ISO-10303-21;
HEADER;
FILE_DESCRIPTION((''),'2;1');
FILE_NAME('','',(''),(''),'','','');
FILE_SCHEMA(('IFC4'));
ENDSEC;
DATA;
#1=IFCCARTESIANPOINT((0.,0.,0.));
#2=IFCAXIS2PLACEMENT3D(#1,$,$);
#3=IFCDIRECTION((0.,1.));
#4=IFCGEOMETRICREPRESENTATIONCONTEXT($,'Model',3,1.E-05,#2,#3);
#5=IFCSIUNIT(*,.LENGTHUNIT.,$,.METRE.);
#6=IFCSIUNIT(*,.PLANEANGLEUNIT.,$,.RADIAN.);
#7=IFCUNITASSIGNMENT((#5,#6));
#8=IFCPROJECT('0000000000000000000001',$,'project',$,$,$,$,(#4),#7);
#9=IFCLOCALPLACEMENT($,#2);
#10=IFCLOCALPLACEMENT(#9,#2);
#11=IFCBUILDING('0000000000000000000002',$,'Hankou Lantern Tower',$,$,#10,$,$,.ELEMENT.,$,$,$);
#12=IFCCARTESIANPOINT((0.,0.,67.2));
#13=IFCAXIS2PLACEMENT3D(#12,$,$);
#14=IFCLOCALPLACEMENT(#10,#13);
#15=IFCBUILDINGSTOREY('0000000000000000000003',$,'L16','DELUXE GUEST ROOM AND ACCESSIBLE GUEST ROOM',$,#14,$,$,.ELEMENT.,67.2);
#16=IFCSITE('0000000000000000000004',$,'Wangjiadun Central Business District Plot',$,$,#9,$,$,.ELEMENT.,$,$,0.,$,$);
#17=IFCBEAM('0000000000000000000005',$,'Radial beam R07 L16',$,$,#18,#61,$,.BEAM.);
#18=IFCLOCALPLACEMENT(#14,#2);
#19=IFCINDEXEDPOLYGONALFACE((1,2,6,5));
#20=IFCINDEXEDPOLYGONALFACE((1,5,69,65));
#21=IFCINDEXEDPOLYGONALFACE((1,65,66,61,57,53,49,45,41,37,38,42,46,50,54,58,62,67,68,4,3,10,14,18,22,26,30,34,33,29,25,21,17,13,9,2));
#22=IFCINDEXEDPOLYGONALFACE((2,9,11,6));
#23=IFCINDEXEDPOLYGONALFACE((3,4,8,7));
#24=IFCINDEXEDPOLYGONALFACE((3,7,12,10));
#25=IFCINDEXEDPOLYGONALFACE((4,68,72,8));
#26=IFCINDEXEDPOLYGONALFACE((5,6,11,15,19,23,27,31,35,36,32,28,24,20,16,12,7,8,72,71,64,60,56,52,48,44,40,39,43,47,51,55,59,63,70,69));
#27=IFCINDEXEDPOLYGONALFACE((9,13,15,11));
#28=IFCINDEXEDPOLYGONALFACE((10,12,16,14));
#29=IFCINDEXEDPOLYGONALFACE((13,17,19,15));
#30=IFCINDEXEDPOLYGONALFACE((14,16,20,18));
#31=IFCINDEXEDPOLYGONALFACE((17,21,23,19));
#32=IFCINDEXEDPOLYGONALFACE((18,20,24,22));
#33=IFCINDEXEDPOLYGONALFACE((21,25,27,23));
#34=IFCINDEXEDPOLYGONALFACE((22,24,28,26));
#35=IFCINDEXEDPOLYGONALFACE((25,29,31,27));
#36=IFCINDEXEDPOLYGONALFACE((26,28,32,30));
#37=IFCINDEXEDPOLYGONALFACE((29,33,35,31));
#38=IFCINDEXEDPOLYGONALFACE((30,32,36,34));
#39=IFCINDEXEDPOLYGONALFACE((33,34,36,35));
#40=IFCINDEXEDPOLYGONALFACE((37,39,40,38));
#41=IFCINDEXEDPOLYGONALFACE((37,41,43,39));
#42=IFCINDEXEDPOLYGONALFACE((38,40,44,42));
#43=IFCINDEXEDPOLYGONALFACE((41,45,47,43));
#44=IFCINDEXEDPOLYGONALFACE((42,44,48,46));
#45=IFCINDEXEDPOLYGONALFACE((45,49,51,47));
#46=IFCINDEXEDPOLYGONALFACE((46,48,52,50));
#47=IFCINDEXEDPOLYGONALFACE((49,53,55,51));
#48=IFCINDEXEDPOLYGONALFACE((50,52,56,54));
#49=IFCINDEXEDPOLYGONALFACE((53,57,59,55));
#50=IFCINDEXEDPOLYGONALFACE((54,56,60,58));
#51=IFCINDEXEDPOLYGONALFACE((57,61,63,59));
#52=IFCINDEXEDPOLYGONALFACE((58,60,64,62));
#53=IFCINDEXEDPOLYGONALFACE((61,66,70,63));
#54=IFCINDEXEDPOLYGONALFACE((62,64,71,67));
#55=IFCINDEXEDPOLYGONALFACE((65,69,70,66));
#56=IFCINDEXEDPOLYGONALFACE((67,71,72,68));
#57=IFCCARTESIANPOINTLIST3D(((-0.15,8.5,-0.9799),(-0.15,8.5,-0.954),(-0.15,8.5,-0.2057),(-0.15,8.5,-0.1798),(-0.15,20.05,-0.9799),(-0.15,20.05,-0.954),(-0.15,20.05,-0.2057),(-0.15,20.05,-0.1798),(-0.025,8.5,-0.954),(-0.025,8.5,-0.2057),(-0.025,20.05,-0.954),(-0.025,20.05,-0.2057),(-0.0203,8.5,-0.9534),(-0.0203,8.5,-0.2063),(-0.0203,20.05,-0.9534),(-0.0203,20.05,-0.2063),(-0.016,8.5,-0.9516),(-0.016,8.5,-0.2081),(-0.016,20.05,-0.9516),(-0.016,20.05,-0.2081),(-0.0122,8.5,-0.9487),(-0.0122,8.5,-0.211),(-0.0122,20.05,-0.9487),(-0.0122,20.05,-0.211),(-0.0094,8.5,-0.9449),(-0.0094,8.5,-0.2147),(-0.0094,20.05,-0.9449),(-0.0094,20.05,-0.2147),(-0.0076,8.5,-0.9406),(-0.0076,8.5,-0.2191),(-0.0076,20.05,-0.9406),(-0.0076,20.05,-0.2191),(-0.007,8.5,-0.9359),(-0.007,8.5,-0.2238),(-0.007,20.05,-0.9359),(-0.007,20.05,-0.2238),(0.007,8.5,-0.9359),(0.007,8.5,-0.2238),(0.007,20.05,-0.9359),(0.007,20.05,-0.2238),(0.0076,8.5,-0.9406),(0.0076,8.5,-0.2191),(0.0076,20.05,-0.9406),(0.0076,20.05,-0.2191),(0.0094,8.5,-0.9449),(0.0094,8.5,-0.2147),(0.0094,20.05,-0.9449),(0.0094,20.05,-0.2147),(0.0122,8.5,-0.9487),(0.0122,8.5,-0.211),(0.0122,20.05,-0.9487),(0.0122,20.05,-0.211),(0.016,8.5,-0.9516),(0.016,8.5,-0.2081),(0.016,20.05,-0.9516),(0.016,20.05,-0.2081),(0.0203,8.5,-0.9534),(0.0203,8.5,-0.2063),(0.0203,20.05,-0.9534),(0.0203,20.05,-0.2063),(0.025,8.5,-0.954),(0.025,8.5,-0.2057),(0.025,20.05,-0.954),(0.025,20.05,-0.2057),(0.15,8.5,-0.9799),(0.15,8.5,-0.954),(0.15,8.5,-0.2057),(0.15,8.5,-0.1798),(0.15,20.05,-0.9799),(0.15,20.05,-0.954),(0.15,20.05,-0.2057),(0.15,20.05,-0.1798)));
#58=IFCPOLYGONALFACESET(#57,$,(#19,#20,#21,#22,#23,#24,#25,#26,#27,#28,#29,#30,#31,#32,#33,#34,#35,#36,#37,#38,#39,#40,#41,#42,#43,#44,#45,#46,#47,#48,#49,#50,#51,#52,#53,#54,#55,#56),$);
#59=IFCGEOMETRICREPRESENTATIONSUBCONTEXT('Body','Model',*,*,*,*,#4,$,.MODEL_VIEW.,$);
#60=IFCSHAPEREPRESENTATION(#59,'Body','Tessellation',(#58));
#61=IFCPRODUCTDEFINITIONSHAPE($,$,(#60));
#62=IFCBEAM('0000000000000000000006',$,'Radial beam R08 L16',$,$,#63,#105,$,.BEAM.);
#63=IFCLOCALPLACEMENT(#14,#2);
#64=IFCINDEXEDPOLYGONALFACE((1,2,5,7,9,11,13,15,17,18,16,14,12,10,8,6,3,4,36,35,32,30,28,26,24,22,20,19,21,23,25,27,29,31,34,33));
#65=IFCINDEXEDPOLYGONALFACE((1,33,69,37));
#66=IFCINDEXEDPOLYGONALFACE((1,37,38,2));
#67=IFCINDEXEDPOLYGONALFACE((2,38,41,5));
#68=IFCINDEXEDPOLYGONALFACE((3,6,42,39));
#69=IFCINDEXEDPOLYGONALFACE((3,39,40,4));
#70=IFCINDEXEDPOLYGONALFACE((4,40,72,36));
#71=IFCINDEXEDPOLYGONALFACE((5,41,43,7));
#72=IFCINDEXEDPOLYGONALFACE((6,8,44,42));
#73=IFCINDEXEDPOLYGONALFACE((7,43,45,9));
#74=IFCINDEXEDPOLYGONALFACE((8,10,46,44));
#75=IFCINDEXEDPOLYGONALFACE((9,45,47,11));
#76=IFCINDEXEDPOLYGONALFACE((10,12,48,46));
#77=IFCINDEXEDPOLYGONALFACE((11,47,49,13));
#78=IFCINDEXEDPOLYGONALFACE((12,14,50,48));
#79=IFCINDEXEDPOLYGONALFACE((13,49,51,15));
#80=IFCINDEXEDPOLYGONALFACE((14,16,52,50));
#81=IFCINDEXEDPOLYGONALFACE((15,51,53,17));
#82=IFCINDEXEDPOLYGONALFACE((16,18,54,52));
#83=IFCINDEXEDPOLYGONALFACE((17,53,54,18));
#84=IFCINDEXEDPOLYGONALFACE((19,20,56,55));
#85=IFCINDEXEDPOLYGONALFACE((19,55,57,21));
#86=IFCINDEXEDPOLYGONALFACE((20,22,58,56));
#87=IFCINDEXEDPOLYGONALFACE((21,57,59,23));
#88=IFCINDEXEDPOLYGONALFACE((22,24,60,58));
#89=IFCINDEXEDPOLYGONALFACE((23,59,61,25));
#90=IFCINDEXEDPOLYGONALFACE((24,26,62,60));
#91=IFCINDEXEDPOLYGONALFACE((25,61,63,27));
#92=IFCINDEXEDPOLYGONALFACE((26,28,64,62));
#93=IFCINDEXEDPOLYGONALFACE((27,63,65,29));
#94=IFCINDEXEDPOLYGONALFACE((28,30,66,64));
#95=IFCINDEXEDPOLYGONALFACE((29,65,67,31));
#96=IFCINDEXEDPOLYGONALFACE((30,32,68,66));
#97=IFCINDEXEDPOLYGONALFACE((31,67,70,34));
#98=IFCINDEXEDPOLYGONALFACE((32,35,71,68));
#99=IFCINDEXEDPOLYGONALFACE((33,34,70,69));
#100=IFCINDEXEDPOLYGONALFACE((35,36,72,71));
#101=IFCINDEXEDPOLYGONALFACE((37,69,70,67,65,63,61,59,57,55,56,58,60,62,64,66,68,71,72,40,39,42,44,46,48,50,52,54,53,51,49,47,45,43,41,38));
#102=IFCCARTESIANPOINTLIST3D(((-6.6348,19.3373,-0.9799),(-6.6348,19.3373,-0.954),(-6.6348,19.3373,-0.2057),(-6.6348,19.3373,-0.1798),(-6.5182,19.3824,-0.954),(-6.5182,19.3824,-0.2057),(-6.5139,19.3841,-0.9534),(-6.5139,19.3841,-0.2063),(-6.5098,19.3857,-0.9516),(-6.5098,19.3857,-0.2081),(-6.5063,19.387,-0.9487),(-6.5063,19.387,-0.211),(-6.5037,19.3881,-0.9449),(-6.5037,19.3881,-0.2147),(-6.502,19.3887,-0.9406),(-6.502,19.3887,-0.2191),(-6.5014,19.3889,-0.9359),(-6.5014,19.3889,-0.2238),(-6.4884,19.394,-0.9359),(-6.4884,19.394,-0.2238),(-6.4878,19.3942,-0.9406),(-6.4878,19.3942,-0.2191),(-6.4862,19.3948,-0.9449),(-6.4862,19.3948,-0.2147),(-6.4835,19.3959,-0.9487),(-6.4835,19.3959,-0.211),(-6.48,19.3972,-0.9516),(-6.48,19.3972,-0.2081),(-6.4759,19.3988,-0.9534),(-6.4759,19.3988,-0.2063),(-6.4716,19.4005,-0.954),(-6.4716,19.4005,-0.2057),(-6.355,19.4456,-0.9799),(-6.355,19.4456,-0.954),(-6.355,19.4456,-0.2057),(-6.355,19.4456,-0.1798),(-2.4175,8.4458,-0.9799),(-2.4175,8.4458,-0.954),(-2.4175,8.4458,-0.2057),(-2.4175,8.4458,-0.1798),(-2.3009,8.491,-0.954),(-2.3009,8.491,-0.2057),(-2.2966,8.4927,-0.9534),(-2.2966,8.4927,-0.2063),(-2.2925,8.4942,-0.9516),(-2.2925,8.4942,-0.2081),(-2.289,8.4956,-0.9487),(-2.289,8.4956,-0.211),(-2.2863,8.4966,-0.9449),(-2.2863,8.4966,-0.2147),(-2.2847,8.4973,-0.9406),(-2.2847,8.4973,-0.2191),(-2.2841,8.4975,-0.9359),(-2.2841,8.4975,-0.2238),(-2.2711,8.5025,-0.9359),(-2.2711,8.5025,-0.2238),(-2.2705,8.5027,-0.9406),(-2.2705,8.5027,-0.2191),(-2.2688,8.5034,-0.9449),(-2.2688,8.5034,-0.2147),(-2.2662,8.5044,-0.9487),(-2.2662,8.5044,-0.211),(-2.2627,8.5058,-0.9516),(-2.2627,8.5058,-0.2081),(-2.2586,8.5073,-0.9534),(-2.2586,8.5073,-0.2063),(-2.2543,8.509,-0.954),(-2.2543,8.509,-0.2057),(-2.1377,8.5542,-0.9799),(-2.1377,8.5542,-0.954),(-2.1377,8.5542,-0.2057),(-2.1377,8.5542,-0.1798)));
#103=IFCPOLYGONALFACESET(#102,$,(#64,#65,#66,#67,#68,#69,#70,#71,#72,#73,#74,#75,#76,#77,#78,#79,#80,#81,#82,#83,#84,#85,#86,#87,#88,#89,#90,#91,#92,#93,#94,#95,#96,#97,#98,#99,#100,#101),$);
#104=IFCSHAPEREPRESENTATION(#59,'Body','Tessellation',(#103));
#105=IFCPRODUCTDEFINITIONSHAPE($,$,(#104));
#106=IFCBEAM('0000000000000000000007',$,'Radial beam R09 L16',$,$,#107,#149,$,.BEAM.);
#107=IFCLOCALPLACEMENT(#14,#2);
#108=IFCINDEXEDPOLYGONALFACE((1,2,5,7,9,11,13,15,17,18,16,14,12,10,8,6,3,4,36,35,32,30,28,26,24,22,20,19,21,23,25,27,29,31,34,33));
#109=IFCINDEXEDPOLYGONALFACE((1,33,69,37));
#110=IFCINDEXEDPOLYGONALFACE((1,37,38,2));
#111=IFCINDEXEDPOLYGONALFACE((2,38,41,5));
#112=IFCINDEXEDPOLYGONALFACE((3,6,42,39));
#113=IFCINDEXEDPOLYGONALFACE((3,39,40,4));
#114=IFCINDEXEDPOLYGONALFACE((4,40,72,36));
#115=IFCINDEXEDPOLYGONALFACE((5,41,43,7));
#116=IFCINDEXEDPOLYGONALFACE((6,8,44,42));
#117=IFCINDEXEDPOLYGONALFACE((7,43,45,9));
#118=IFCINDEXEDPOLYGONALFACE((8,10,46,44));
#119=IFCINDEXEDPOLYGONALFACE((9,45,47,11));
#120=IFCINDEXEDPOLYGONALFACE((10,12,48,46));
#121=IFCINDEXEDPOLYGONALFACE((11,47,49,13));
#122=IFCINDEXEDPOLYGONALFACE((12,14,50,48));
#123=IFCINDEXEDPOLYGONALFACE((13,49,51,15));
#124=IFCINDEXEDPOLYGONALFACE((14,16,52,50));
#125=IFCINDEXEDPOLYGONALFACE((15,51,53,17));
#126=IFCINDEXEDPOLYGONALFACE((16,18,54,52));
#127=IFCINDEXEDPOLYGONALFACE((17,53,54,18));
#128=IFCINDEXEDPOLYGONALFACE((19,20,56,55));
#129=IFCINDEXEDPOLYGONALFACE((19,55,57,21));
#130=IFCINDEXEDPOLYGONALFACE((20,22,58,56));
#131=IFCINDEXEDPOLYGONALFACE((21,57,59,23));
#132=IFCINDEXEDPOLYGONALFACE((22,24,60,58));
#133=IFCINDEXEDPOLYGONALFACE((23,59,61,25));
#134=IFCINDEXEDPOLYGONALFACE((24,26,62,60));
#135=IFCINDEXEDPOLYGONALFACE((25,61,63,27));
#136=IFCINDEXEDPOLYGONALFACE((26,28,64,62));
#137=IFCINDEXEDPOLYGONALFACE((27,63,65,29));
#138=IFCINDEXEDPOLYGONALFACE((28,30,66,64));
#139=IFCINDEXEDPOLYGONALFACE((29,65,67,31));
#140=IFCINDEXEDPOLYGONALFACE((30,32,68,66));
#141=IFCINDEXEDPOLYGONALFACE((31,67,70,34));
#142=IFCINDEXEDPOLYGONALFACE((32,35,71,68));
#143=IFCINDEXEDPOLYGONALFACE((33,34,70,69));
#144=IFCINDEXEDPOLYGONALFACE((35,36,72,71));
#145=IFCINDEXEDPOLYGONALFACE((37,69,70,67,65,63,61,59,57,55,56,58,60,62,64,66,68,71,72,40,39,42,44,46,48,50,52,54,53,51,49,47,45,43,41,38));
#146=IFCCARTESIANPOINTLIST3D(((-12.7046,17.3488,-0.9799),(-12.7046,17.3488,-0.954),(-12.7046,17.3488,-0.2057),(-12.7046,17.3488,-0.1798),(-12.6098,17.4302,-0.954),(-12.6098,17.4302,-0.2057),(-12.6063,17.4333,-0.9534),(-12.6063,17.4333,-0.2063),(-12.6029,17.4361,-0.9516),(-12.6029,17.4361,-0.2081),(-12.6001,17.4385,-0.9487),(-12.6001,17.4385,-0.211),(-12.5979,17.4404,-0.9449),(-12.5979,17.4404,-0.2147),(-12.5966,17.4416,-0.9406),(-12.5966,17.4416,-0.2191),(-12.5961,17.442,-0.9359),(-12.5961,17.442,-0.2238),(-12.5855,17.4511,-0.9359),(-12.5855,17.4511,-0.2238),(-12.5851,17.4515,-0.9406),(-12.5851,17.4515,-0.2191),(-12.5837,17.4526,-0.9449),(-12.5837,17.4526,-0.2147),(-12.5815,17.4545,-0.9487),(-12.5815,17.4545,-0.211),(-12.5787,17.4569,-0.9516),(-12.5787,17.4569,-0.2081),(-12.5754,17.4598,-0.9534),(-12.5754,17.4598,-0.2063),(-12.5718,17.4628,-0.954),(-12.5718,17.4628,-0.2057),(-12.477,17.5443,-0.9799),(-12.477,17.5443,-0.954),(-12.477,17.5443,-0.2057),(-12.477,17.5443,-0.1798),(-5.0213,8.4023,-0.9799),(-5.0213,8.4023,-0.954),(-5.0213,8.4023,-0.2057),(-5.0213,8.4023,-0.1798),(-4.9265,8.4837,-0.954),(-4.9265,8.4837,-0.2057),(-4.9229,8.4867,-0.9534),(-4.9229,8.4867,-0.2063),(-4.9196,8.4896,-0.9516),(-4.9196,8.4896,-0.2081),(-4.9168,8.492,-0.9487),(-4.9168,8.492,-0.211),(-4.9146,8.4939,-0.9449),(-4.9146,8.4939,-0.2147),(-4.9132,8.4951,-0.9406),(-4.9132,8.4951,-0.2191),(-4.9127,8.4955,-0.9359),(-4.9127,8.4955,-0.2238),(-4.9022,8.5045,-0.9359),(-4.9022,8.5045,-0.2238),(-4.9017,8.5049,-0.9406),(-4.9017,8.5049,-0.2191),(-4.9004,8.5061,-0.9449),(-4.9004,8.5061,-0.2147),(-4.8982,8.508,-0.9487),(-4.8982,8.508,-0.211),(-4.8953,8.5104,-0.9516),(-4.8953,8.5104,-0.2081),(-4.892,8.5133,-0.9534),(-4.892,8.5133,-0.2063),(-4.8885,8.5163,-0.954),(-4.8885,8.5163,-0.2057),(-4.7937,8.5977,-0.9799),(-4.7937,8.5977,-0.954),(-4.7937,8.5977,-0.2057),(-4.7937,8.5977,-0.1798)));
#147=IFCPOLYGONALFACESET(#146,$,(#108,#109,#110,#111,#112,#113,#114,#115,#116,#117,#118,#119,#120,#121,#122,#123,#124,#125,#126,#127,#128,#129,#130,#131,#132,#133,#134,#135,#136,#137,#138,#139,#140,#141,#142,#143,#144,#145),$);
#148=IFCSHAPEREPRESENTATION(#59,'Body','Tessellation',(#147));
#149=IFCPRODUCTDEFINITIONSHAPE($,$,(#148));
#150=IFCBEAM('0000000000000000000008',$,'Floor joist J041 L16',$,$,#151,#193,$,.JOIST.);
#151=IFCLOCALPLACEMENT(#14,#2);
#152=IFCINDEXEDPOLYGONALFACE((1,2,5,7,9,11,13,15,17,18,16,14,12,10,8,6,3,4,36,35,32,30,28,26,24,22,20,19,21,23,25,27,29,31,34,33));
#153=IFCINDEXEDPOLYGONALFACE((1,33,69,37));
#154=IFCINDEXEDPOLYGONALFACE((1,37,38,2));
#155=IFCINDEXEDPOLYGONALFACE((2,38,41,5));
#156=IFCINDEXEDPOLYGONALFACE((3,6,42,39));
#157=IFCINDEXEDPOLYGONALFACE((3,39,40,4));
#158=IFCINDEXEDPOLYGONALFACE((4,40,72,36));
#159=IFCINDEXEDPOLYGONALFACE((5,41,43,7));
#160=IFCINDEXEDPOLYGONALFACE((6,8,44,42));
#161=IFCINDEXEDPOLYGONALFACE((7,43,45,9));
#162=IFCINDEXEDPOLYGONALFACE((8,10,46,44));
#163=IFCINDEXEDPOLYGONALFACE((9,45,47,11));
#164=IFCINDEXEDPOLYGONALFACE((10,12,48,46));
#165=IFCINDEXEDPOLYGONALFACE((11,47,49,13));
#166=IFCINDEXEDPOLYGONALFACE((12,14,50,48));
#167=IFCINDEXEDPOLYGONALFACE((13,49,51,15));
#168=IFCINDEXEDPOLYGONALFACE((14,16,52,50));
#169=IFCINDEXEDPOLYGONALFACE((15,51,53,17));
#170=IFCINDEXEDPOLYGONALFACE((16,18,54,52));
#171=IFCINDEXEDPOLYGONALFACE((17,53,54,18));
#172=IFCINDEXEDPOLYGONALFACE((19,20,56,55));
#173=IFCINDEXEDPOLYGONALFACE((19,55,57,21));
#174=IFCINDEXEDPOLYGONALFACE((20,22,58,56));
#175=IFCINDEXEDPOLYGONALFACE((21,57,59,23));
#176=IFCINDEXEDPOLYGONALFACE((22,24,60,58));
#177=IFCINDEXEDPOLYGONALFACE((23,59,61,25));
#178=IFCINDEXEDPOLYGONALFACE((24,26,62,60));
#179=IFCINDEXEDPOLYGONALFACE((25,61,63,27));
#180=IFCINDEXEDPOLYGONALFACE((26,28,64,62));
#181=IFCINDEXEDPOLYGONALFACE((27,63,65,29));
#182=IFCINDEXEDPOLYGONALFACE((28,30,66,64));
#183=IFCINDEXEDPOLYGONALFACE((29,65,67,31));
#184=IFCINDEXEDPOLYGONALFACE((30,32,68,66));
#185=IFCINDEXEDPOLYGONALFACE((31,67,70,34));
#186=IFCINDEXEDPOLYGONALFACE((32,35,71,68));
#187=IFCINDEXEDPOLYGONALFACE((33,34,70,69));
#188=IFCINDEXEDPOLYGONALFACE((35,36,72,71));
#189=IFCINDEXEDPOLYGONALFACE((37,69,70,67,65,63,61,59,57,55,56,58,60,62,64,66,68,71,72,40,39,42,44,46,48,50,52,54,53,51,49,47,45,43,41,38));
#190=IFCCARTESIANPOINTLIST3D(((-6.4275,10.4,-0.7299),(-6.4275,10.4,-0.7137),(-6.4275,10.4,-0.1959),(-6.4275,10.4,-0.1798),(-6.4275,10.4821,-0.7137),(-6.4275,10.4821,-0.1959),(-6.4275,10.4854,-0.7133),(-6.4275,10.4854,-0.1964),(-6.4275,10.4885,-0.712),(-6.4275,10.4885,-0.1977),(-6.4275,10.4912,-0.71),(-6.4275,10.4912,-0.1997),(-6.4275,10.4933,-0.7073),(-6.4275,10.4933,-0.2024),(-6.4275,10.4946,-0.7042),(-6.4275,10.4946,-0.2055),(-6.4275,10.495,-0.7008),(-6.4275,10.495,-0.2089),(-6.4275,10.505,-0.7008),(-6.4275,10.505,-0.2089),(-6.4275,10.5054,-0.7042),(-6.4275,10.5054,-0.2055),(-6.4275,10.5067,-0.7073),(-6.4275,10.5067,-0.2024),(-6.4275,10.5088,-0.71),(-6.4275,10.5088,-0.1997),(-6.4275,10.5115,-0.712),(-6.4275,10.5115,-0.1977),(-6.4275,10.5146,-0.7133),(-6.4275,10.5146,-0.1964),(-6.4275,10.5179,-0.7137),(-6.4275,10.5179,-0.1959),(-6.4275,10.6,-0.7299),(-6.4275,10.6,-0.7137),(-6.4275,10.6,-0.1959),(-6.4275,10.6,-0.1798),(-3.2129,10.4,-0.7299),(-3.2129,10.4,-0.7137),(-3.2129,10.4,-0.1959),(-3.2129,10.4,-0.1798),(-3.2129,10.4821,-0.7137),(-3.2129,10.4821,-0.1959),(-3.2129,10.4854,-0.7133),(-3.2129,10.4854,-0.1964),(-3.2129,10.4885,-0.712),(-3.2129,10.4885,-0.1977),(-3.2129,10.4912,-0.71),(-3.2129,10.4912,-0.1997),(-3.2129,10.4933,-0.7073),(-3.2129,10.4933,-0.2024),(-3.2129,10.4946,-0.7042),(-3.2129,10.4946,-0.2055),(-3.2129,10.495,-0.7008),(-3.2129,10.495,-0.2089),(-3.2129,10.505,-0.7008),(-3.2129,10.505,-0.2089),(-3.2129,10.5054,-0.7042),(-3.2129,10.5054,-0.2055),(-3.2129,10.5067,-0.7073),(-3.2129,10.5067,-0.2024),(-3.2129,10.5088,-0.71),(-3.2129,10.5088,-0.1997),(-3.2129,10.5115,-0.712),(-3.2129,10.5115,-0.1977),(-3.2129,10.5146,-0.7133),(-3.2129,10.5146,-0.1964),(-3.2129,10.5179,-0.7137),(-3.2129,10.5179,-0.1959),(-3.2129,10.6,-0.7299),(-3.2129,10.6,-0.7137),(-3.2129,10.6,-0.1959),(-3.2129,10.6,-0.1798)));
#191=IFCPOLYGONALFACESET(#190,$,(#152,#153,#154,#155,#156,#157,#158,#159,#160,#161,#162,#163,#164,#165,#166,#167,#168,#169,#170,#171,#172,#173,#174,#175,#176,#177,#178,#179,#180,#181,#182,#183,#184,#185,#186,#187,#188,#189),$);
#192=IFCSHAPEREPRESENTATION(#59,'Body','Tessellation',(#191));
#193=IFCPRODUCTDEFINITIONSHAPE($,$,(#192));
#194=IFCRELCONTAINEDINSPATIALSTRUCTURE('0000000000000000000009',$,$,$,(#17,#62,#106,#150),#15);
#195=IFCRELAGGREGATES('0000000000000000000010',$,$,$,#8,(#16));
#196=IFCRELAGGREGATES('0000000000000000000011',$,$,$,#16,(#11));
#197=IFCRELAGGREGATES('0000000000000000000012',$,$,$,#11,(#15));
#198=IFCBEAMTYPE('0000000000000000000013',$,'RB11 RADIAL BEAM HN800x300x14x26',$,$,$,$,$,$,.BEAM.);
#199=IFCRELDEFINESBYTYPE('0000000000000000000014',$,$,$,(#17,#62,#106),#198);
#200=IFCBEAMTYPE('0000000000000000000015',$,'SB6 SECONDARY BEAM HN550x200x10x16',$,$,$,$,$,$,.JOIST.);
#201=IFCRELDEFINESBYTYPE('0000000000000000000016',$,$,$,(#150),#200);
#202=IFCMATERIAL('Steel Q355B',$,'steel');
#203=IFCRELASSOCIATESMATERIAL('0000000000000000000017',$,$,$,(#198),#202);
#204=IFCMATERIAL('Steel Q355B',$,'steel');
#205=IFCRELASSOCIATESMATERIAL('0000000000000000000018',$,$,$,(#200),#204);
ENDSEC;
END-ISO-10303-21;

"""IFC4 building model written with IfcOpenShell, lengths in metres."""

from ifc_helpers import new_model, si_unit, direction, frame, origin, origin_2d, place, context, subcontext, project, spatial, i_section, extrude, material, material_profile, profile_set, type_object, element, save


model = new_model("IFC4")

# Units and contexts
model_context = context("Model", 3, precision=1e-05, world=origin(), true_north=direction((0.0, 1.0)))
body_context = subcontext(model_context, "Body", "Model", "MODEL_VIEW")
ifc_project = project(units=[si_unit("LENGTHUNIT", "METRE"), si_unit("PLANEANGLEUNIT", "RADIAN")], contexts=[model_context])

# Site, building, storey
site_placement = place(None, origin())
site = spatial("IfcSite", under=ifc_project, at=site_placement, Name="Wangjiadun Central Business District Plot", CompositionType="ELEMENT", RefElevation=0.0)
building_placement = place(site_placement, origin())
building = spatial("IfcBuilding", under=site, at=building_placement, Name="Hankou Lantern Tower", CompositionType="ELEMENT")
storey_placement = place(building_placement, frame((0.0, 0.0, 67.2)))
storey = spatial("IfcBuildingStorey", under=building, at=storey_placement, Name="L16", Description="DELUXE GUEST ROOM AND ACCESSIBLE GUEST ROOM", CompositionType="ELEMENT", Elevation=67.2)

# Beams
ifc_material_1 = material(Name="Steel Q355B", Category="steel")
ifc_material_profile_1 = material_profile(ifc_material_1, i_section(OverallWidth=0.3, OverallDepth=0.8, WebThickness=0.0139, FlangeThickness=0.0259, FilletRadius=0.0181, at=origin_2d()), Name="HN800x300x14x26")
ifc_profile_set_1 = profile_set([ifc_material_profile_1], Name="Steel Q355B")
beam_type_1 = type_object("IfcBeamType", Name="RB11 RADIAL BEAM HN800x300x14x26", PredefinedType="BEAM", material=ifc_profile_set_1)
beam_1_placement = place(storey_placement, frame((0.0, 8.5, -0.5798), z_axis=(0.0, 1.0, 0.0), x_axis=(-1.0, 0.0, 0.0)))
element("IfcBeam", 1, at=beam_1_placement, inside=storey, type_object=beam_type_1, Name="Radial beam R07 L16", PredefinedType="BEAM", context=body_context, shape_type="SweptSolid", body=[
    extrude(i_section(OverallWidth=0.3, OverallDepth=0.8, WebThickness=0.0139, FlangeThickness=0.0259, FilletRadius=0.0181, at=origin_2d()), origin(), (0.0, 0.0, 1.0), 11.55),
])
beam_2_placement = place(storey_placement, frame((-2.2776, 8.5, -0.5798), z_axis=(-0.361089, 0.932531, 0.0), x_axis=(-0.932531, -0.361089, 0.0)))
element("IfcBeam", 2, at=beam_2_placement, inside=storey, type_object=beam_type_1, Name="Radial beam R08 L16", PredefinedType="BEAM", context=body_context, shape_type="SweptSolid", body=[
    extrude(i_section(OverallWidth=0.3, OverallDepth=0.8, WebThickness=0.0139, FlangeThickness=0.0259, FilletRadius=0.0181, at=origin_2d()), origin(), (0.0, 0.0, 1.0), 11.6794),
])
beam_3_placement = place(storey_placement, frame((-4.9075, 8.5, -0.5798), z_axis=(-0.651519, 0.758632, 0.0), x_axis=(-0.758632, -0.651519, 0.0)))
element("IfcBeam", 3, at=beam_3_placement, inside=storey, type_object=beam_type_1, Name="Radial beam R09 L16", PredefinedType="BEAM", context=body_context, shape_type="SweptSolid", body=[
    extrude(i_section(OverallWidth=0.3, OverallDepth=0.8, WebThickness=0.0139, FlangeThickness=0.0259, FilletRadius=0.0181, at=origin_2d()), origin(), (0.0, 0.0, 1.0), 11.793),
])
ifc_material_2 = material(Name="Steel Q355B", Category="steel")
ifc_material_profile_2 = material_profile(ifc_material_2, i_section(OverallWidth=0.2, OverallDepth=0.55, WebThickness=0.01, FlangeThickness=0.0161, FilletRadius=0.0129, at=origin_2d()), Name="HN550x200x10x16")
ifc_profile_set_2 = profile_set([ifc_material_profile_2], Name="Steel Q355B")
beam_type_2 = type_object("IfcBeamType", Name="SB6 SECONDARY BEAM HN550x200x10x16", PredefinedType="JOIST", material=ifc_profile_set_2)
beam_4_placement = place(storey_placement, frame((-6.4275, 10.5, -0.4548), z_axis=(1.0, 0.0, 0.0), x_axis=(0.0, 1.0, 0.0)))
element("IfcBeam", 4, at=beam_4_placement, inside=storey, type_object=beam_type_2, Name="Floor joist J041 L16", PredefinedType="JOIST", context=body_context, shape_type="SweptSolid", body=[
    extrude(i_section(OverallWidth=0.2, OverallDepth=0.55, WebThickness=0.01, FlangeThickness=0.0161, FilletRadius=0.0129, at=origin_2d()), origin(), (0.0, 0.0, 1.0), 3.2146),
])

save(model, "model.ifc")
